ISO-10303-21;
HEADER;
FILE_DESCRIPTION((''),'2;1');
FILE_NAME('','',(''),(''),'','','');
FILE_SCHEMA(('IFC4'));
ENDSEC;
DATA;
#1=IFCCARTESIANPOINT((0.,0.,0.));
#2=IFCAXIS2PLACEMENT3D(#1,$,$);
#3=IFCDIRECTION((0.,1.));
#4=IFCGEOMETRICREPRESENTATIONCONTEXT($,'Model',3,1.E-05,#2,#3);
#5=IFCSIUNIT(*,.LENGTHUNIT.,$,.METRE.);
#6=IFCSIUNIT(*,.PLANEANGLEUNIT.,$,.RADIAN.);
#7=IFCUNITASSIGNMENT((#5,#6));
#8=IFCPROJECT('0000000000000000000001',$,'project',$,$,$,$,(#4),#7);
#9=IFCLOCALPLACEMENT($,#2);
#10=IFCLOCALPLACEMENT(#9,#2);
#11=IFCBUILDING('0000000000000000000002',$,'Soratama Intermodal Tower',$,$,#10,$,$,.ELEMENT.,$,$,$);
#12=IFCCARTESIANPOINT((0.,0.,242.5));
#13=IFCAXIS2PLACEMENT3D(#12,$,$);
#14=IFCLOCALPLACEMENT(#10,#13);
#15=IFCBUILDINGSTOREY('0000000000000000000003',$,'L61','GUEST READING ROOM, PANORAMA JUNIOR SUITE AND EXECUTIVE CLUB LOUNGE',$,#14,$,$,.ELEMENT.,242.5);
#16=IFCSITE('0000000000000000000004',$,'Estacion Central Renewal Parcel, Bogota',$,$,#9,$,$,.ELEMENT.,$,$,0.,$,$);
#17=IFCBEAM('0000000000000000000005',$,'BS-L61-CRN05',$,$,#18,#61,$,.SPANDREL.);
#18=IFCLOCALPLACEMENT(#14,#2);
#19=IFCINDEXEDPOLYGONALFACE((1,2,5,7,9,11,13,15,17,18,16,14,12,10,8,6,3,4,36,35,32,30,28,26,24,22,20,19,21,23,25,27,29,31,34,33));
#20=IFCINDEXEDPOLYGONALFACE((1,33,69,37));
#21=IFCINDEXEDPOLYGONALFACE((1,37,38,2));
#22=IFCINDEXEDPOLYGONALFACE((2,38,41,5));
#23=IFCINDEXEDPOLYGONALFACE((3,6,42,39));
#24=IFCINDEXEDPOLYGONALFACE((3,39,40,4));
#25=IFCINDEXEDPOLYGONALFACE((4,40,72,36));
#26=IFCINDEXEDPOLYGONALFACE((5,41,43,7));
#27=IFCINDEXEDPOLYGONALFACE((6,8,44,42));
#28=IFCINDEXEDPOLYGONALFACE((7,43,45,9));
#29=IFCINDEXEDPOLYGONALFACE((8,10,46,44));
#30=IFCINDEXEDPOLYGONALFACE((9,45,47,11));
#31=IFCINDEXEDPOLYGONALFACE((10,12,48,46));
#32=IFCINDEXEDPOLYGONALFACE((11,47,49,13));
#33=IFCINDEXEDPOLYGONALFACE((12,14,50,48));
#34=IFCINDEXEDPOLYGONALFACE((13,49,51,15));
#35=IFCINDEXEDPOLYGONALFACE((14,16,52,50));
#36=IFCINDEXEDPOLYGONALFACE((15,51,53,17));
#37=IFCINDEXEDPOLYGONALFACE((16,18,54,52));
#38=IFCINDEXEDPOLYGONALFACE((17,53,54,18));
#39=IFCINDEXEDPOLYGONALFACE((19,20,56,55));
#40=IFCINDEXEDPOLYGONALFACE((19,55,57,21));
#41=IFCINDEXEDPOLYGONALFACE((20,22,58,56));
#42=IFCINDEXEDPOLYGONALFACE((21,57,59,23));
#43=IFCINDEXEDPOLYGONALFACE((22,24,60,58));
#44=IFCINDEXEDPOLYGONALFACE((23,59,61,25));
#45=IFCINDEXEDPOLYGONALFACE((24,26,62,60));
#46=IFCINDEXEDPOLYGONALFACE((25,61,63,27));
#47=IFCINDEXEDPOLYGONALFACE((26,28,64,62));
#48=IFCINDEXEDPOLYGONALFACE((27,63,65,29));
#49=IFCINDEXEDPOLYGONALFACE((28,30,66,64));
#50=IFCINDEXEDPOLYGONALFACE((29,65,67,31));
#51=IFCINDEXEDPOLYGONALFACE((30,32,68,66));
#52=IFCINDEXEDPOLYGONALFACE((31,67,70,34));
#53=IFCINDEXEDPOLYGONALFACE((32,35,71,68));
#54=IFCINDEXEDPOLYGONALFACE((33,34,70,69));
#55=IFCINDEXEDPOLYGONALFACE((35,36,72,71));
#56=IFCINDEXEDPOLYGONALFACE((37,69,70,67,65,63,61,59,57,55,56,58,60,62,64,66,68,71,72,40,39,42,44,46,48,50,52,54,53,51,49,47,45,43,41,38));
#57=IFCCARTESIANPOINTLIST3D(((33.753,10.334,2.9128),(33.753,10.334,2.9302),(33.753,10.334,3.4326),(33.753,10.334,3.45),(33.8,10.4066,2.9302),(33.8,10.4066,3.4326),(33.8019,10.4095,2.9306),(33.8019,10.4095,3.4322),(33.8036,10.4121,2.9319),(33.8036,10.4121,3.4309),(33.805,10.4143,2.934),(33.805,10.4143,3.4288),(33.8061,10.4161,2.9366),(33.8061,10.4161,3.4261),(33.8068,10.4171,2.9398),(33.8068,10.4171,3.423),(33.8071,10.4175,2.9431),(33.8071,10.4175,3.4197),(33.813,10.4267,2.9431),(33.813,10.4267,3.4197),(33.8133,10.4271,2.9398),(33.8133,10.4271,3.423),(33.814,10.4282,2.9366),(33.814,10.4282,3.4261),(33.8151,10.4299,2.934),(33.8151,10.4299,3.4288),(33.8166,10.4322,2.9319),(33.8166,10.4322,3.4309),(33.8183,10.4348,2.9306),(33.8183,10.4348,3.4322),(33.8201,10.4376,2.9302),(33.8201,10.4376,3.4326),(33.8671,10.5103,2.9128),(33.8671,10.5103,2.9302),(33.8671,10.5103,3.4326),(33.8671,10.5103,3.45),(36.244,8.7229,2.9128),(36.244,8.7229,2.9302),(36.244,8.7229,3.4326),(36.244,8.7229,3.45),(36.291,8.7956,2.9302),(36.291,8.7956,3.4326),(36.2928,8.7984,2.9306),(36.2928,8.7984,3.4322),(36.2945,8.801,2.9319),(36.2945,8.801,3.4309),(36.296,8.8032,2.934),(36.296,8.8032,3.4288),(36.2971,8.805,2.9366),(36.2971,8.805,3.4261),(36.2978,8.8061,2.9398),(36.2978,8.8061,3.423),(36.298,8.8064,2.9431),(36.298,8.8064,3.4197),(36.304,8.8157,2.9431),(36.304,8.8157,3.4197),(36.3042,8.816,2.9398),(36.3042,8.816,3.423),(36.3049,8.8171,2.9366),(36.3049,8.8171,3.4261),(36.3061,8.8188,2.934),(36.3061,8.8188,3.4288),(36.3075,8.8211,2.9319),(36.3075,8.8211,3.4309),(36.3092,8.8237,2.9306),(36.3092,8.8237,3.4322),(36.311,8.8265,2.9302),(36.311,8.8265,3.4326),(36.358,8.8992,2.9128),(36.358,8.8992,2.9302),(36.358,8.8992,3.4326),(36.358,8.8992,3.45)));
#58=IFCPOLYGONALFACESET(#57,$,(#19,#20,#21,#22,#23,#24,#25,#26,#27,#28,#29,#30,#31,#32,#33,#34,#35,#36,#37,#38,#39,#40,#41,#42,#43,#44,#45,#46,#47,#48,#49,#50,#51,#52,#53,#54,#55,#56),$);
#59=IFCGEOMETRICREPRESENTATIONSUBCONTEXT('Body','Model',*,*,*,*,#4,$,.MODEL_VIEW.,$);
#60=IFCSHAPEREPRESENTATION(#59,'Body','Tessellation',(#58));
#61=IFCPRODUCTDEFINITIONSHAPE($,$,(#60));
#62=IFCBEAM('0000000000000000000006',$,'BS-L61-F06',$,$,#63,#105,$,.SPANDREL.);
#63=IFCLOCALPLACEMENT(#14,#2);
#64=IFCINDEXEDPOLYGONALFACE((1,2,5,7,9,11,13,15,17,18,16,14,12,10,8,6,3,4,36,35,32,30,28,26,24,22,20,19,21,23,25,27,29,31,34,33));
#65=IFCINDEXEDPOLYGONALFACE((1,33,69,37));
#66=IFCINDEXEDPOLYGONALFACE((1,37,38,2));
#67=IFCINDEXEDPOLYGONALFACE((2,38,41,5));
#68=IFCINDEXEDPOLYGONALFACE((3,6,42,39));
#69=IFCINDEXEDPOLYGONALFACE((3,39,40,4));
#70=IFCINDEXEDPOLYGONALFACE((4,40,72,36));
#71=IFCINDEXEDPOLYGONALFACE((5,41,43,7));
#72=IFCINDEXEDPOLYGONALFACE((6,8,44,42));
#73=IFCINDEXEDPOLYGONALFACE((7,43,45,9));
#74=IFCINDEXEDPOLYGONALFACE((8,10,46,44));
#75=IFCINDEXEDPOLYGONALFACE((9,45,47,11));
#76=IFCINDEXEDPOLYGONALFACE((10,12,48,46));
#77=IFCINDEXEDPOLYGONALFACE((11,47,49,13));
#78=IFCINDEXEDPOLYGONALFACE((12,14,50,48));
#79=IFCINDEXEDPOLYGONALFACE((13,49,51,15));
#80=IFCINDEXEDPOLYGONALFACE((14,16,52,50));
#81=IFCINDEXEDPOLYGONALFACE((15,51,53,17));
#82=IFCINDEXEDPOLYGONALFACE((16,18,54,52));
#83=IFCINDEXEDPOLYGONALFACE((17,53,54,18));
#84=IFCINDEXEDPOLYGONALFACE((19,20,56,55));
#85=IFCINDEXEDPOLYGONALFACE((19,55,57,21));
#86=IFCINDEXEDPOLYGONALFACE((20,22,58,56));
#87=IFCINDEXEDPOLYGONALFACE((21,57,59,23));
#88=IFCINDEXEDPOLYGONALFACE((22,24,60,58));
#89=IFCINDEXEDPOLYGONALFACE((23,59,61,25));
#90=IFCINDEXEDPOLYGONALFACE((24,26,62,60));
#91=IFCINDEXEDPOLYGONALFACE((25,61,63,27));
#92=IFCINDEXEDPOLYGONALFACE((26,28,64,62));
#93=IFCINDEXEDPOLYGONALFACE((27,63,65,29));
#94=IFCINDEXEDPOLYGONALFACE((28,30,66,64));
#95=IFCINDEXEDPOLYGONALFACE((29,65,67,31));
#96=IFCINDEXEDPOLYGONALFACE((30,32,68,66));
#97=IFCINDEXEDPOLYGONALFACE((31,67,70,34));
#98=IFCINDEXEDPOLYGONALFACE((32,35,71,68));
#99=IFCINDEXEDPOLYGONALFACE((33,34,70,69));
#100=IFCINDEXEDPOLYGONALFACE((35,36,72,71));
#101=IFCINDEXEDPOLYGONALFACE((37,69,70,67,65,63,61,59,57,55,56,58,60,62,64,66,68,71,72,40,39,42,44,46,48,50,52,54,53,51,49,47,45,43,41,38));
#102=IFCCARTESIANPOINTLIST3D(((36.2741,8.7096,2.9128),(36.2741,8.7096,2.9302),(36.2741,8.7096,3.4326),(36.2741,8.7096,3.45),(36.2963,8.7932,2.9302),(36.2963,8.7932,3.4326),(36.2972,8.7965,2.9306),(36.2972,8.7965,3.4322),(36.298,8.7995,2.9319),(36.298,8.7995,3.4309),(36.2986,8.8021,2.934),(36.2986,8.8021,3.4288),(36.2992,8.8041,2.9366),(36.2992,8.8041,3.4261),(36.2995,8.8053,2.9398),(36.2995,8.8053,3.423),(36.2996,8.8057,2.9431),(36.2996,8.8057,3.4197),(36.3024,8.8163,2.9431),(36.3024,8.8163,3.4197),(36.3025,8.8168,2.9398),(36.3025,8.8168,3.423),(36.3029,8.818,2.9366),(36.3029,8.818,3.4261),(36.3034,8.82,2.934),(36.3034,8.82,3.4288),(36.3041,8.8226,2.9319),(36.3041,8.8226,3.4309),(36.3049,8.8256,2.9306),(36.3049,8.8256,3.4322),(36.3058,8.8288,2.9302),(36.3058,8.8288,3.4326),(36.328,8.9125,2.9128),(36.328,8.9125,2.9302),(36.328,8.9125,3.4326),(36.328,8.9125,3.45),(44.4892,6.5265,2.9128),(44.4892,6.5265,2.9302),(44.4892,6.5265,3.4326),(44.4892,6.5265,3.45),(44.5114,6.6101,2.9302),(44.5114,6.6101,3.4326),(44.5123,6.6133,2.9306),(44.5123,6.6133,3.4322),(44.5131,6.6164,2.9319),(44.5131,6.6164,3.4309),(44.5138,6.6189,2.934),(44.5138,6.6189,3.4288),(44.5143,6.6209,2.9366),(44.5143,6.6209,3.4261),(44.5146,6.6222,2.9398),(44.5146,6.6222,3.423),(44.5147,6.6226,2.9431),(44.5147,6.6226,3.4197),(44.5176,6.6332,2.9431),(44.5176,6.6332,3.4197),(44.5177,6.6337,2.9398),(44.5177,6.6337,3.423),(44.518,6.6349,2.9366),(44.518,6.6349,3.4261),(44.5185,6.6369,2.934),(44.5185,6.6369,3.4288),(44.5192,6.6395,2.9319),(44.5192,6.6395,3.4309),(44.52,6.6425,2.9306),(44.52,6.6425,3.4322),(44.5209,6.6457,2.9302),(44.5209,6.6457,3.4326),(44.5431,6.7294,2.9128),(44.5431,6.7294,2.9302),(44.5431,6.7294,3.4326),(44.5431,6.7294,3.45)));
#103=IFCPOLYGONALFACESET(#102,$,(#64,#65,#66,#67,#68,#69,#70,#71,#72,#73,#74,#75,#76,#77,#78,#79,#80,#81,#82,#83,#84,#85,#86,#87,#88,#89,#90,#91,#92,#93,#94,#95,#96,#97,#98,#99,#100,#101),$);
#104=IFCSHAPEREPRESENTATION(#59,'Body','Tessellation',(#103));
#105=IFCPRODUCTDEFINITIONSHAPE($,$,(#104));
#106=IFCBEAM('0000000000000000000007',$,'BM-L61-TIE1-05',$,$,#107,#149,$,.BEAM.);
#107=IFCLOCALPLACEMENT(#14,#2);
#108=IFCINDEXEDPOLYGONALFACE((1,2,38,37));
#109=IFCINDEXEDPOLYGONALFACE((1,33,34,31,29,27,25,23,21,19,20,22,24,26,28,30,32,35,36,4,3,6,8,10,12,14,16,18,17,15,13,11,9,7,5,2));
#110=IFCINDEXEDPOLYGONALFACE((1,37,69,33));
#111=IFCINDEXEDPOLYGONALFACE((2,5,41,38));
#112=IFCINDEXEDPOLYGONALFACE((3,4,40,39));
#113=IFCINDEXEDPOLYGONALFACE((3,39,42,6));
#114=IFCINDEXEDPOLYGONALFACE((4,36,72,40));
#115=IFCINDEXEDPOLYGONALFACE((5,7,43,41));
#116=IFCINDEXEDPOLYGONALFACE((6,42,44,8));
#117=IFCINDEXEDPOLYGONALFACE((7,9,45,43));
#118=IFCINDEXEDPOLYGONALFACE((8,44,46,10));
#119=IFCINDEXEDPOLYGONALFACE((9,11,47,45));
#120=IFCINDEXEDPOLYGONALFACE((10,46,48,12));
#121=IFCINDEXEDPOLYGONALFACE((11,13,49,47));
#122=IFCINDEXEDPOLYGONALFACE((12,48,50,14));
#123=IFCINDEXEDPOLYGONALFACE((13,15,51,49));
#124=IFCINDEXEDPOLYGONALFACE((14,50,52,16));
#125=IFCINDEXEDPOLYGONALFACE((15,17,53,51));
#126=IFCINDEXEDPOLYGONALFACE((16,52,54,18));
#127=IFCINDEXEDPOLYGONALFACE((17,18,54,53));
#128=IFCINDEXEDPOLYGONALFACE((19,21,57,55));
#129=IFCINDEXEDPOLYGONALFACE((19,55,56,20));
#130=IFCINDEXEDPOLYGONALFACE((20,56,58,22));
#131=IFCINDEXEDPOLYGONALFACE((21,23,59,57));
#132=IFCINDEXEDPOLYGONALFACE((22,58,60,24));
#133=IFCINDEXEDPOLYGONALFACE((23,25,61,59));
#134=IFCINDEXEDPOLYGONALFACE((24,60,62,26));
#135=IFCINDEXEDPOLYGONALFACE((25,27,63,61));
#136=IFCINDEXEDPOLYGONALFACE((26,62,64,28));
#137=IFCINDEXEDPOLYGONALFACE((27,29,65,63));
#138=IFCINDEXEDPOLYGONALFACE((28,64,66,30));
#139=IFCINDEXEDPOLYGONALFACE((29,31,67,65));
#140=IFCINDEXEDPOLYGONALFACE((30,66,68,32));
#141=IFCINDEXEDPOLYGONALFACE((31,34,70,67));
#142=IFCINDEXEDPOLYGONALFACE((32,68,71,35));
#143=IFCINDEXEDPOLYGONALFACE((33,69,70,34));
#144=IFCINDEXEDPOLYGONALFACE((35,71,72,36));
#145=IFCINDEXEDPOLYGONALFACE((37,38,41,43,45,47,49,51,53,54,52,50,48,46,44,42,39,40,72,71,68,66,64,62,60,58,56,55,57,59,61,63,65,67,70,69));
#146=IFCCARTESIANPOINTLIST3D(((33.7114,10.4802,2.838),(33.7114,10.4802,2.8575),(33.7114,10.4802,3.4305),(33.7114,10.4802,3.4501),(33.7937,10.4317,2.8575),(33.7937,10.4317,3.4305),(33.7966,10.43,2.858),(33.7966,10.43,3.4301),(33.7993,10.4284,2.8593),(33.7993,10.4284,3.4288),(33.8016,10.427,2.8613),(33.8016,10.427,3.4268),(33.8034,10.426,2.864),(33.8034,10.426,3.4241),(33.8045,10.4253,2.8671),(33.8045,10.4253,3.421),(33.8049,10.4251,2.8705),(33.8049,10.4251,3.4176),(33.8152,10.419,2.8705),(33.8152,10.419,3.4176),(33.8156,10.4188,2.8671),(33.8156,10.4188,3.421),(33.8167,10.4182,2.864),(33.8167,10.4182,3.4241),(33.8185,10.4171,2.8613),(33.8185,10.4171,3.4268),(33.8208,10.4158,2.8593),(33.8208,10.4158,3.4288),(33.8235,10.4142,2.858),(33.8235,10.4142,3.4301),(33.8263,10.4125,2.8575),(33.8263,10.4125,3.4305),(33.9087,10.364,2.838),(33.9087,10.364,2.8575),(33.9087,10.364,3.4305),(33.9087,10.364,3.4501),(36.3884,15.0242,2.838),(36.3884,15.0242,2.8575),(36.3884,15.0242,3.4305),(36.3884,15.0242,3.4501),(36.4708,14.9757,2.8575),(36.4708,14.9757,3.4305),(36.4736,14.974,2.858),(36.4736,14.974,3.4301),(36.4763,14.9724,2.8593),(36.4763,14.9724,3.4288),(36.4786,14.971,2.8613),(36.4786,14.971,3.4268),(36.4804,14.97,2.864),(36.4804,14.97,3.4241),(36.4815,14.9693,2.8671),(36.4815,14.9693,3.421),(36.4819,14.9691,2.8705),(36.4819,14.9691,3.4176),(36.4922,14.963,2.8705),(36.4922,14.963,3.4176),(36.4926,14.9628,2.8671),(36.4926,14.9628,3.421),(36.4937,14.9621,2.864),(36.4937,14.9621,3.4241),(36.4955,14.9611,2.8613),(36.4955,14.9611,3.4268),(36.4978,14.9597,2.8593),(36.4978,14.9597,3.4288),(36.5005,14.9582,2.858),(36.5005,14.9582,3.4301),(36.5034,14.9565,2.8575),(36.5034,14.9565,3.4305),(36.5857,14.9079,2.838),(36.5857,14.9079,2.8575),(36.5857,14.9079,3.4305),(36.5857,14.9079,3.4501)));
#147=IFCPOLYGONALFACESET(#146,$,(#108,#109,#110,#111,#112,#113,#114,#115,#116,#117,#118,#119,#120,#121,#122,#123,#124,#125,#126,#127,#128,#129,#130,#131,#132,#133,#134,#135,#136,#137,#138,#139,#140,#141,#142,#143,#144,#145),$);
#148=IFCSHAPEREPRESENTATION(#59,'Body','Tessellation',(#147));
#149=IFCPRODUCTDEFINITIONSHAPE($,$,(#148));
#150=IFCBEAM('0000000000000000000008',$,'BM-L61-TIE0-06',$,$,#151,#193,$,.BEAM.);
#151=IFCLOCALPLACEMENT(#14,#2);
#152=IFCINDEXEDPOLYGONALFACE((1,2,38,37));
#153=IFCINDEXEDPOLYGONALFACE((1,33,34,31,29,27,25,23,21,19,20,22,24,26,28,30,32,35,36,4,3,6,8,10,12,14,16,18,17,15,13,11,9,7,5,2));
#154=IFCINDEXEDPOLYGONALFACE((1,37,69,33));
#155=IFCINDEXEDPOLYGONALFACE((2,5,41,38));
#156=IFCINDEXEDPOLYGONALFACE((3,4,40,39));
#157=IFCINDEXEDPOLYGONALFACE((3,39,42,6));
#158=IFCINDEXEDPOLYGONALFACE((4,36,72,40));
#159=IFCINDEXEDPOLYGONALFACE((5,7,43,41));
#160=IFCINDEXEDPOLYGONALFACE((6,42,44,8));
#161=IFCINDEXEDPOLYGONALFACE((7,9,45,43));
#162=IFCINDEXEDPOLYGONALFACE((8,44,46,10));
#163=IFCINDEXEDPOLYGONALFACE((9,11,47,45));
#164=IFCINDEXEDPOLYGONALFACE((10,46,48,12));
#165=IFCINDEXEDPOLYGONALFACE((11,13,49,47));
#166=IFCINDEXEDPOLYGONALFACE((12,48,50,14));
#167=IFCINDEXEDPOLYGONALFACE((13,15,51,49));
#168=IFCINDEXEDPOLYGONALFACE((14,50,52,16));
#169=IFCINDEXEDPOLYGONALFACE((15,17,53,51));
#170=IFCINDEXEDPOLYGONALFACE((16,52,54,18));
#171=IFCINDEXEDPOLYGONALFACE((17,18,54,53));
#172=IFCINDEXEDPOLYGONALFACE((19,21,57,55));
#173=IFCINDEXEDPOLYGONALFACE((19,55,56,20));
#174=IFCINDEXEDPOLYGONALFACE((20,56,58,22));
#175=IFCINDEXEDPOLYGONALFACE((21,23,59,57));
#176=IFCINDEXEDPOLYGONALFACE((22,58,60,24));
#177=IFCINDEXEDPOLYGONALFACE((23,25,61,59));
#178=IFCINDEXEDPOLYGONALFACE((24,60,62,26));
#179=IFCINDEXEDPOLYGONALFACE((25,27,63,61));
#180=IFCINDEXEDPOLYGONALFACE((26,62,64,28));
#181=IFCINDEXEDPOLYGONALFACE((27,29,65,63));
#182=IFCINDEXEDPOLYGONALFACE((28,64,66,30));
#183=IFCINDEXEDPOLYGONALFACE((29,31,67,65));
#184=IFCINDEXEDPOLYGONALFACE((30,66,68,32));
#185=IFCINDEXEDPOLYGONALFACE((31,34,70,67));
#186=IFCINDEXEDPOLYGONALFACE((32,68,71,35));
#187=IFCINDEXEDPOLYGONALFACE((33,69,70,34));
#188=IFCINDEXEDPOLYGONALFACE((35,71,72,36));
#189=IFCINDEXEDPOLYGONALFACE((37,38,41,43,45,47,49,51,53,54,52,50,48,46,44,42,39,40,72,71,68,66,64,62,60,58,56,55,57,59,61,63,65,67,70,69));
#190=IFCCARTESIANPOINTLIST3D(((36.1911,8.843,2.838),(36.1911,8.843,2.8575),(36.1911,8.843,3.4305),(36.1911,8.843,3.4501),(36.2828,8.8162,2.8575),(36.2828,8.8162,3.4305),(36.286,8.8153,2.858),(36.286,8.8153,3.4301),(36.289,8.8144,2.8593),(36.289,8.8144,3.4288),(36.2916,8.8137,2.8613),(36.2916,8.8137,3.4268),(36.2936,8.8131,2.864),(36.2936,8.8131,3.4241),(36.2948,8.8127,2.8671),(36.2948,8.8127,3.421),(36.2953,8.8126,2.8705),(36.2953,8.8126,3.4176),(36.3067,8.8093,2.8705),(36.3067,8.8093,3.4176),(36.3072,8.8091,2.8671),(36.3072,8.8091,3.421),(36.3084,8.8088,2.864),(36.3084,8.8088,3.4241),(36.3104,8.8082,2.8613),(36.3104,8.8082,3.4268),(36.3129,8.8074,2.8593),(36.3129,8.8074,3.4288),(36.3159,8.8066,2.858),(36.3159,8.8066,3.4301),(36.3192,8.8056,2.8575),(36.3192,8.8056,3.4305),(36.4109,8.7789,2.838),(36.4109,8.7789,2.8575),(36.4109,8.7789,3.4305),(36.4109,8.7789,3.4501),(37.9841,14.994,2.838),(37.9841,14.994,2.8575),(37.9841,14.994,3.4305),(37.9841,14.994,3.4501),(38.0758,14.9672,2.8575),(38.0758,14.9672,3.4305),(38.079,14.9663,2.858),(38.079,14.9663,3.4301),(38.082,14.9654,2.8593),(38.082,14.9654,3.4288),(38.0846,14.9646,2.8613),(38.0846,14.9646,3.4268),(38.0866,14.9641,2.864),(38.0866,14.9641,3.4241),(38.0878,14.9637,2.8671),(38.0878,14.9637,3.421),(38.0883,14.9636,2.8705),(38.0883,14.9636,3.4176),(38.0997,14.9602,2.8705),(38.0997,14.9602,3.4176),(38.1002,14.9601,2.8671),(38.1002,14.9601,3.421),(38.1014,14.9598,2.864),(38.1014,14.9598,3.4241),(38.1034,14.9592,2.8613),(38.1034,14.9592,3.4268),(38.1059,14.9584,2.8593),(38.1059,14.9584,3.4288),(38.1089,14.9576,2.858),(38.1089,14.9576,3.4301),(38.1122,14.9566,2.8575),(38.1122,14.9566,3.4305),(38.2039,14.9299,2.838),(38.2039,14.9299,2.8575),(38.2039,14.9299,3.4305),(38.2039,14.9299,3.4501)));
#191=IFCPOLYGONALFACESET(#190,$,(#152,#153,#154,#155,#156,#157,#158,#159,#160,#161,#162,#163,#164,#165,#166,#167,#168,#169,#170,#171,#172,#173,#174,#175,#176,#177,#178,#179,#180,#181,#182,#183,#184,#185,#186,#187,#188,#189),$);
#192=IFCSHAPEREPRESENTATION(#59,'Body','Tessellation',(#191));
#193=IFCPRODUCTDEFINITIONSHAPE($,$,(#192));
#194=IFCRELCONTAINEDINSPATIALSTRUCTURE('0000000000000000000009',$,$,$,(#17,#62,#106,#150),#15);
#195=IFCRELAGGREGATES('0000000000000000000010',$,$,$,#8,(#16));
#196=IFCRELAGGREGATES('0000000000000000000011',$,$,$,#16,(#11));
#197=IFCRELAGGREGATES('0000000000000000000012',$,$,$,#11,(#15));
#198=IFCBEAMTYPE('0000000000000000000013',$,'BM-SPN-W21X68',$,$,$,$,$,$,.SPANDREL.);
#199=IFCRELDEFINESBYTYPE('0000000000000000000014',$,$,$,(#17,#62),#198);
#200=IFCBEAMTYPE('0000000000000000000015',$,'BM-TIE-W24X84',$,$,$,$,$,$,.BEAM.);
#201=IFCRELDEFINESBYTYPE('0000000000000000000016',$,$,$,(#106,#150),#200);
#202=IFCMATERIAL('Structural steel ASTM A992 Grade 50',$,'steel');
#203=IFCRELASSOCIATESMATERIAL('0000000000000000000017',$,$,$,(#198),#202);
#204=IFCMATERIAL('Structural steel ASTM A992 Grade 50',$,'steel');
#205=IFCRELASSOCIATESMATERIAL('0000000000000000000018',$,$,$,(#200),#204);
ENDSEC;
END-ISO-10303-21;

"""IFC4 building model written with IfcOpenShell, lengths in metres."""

from ifc_helpers import new_model, si_unit, direction, frame, origin, origin_2d, place, context, subcontext, project, spatial, i_section, extrude, material, material_profile, profile_set, type_object, element, save


model = new_model("IFC4")

# Units and contexts
model_context = context("Model", 3, precision=1e-05, world=origin(), true_north=direction((0.0, 1.0)))
body_context = subcontext(model_context, "Body", "Model", "MODEL_VIEW")
ifc_project = project(units=[si_unit("LENGTHUNIT", "METRE"), si_unit("PLANEANGLEUNIT", "RADIAN")], contexts=[model_context])

# Site, building, storey
site_placement = place(None, origin())
site = spatial("IfcSite", under=ifc_project, at=site_placement, Name="Estacion Central Renewal Parcel, Bogota", CompositionType="ELEMENT", RefElevation=0.0)
building_placement = place(site_placement, origin())
building = spatial("IfcBuilding", under=site, at=building_placement, Name="Soratama Intermodal Tower", CompositionType="ELEMENT")
storey_placement = place(building_placement, frame((0.0, 0.0, 242.5)))
storey = spatial("IfcBuildingStorey", under=building, at=storey_placement, Name="L61", Description="GUEST READING ROOM, PANORAMA JUNIOR SUITE AND EXECUTIVE CLUB LOUNGE", CompositionType="ELEMENT", Elevation=242.5)

# Beams
ifc_material_1 = material(Name="Structural steel ASTM A992 Grade 50", Category="steel")
ifc_material_profile_1 = material_profile(ifc_material_1, i_section(OverallWidth=0.21, OverallDepth=0.5371, WebThickness=0.011, FlangeThickness=0.0173, FilletRadius=0.0129, at=origin_2d()), Name="W21X68")
ifc_profile_set_1 = profile_set([ifc_material_profile_1], Name="Structural steel ASTM A992 Grade 50")
beam_type_1 = type_object("IfcBeamType", Name="BM-SPN-W21X68", PredefinedType="SPANDREL", material=ifc_profile_set_1)
beam_1_placement = place(storey_placement, frame((33.8101, 10.4221, 3.1814), z_axis=(0.839681, -0.543081, 0.0), x_axis=(0.543081, 0.839681, 0.0)))
element("IfcBeam", 1, at=beam_1_placement, inside=storey, type_object=beam_type_1, Name="BS-L61-CRN05", PredefinedType="SPANDREL", context=body_context, shape_type="SweptSolid", body=[
    extrude(i_section(OverallWidth=0.21, OverallDepth=0.5371, WebThickness=0.011, FlangeThickness=0.0173, FilletRadius=0.0129, at=origin_2d()), origin(), (0.0, 0.0, 1.0), 2.9666),
])
beam_2_placement = place(storey_placement, frame((36.301, 8.811, 3.1814), z_axis=(0.966457, -0.25683, 0.0), x_axis=(0.25683, 0.966457, 0.0)))
element("IfcBeam", 2, at=beam_2_placement, inside=storey, type_object=beam_type_1, Name="BS-L61-F06", PredefinedType="SPANDREL", context=body_context, shape_type="SweptSolid", body=[
    extrude(i_section(OverallWidth=0.21, OverallDepth=0.5371, WebThickness=0.011, FlangeThickness=0.0173, FilletRadius=0.0129, at=origin_2d()), origin(), (0.0, 0.0, 1.0), 8.5002),
])
ifc_material_2 = material(Name="Structural steel ASTM A992 Grade 50", Category="steel")
ifc_material_profile_2 = material_profile(ifc_material_2, i_section(OverallWidth=0.229, OverallDepth=0.6121, WebThickness=0.012, FlangeThickness=0.0195, FilletRadius=0.0129, at=origin_2d()), Name="W24X84")
ifc_profile_set_2 = profile_set([ifc_material_profile_2], Name="Structural steel ASTM A992 Grade 50")
beam_type_2 = type_object("IfcBeamType", Name="BM-TIE-W24X84", PredefinedType="BEAM", material=ifc_profile_set_2)
beam_3_placement = place(storey_placement, frame((36.4871, 14.9661, 3.144), z_axis=(-0.507597, -0.861595, 0.0), x_axis=(0.861595, -0.507597, 0.0)))
element("IfcBeam", 3, at=beam_3_placement, inside=storey, type_object=beam_type_2, Name="BM-L61-TIE1-05", PredefinedType="BEAM", context=body_context, shape_type="SweptSolid", body=[
    extrude(i_section(OverallWidth=0.229, OverallDepth=0.6121, WebThickness=0.012, FlangeThickness=0.0195, FilletRadius=0.0129, at=origin_2d()), origin(), (0.0, 0.0, 1.0), 5.2739),
])
beam_4_placement = place(storey_placement, frame((38.094, 14.9619, 3.144), z_axis=(-0.279851, -0.960044, 0.0), x_axis=(0.960044, -0.279851, 0.0)))
element("IfcBeam", 4, at=beam_4_placement, inside=storey, type_object=beam_type_2, Name="BM-L61-TIE0-06", PredefinedType="BEAM", context=body_context, shape_type="SweptSolid", body=[
    extrude(i_section(OverallWidth=0.229, OverallDepth=0.6121, WebThickness=0.012, FlangeThickness=0.0195, FilletRadius=0.0129, at=origin_2d()), origin(), (0.0, 0.0, 1.0), 6.407),
])

save(model, "model.ifc")
